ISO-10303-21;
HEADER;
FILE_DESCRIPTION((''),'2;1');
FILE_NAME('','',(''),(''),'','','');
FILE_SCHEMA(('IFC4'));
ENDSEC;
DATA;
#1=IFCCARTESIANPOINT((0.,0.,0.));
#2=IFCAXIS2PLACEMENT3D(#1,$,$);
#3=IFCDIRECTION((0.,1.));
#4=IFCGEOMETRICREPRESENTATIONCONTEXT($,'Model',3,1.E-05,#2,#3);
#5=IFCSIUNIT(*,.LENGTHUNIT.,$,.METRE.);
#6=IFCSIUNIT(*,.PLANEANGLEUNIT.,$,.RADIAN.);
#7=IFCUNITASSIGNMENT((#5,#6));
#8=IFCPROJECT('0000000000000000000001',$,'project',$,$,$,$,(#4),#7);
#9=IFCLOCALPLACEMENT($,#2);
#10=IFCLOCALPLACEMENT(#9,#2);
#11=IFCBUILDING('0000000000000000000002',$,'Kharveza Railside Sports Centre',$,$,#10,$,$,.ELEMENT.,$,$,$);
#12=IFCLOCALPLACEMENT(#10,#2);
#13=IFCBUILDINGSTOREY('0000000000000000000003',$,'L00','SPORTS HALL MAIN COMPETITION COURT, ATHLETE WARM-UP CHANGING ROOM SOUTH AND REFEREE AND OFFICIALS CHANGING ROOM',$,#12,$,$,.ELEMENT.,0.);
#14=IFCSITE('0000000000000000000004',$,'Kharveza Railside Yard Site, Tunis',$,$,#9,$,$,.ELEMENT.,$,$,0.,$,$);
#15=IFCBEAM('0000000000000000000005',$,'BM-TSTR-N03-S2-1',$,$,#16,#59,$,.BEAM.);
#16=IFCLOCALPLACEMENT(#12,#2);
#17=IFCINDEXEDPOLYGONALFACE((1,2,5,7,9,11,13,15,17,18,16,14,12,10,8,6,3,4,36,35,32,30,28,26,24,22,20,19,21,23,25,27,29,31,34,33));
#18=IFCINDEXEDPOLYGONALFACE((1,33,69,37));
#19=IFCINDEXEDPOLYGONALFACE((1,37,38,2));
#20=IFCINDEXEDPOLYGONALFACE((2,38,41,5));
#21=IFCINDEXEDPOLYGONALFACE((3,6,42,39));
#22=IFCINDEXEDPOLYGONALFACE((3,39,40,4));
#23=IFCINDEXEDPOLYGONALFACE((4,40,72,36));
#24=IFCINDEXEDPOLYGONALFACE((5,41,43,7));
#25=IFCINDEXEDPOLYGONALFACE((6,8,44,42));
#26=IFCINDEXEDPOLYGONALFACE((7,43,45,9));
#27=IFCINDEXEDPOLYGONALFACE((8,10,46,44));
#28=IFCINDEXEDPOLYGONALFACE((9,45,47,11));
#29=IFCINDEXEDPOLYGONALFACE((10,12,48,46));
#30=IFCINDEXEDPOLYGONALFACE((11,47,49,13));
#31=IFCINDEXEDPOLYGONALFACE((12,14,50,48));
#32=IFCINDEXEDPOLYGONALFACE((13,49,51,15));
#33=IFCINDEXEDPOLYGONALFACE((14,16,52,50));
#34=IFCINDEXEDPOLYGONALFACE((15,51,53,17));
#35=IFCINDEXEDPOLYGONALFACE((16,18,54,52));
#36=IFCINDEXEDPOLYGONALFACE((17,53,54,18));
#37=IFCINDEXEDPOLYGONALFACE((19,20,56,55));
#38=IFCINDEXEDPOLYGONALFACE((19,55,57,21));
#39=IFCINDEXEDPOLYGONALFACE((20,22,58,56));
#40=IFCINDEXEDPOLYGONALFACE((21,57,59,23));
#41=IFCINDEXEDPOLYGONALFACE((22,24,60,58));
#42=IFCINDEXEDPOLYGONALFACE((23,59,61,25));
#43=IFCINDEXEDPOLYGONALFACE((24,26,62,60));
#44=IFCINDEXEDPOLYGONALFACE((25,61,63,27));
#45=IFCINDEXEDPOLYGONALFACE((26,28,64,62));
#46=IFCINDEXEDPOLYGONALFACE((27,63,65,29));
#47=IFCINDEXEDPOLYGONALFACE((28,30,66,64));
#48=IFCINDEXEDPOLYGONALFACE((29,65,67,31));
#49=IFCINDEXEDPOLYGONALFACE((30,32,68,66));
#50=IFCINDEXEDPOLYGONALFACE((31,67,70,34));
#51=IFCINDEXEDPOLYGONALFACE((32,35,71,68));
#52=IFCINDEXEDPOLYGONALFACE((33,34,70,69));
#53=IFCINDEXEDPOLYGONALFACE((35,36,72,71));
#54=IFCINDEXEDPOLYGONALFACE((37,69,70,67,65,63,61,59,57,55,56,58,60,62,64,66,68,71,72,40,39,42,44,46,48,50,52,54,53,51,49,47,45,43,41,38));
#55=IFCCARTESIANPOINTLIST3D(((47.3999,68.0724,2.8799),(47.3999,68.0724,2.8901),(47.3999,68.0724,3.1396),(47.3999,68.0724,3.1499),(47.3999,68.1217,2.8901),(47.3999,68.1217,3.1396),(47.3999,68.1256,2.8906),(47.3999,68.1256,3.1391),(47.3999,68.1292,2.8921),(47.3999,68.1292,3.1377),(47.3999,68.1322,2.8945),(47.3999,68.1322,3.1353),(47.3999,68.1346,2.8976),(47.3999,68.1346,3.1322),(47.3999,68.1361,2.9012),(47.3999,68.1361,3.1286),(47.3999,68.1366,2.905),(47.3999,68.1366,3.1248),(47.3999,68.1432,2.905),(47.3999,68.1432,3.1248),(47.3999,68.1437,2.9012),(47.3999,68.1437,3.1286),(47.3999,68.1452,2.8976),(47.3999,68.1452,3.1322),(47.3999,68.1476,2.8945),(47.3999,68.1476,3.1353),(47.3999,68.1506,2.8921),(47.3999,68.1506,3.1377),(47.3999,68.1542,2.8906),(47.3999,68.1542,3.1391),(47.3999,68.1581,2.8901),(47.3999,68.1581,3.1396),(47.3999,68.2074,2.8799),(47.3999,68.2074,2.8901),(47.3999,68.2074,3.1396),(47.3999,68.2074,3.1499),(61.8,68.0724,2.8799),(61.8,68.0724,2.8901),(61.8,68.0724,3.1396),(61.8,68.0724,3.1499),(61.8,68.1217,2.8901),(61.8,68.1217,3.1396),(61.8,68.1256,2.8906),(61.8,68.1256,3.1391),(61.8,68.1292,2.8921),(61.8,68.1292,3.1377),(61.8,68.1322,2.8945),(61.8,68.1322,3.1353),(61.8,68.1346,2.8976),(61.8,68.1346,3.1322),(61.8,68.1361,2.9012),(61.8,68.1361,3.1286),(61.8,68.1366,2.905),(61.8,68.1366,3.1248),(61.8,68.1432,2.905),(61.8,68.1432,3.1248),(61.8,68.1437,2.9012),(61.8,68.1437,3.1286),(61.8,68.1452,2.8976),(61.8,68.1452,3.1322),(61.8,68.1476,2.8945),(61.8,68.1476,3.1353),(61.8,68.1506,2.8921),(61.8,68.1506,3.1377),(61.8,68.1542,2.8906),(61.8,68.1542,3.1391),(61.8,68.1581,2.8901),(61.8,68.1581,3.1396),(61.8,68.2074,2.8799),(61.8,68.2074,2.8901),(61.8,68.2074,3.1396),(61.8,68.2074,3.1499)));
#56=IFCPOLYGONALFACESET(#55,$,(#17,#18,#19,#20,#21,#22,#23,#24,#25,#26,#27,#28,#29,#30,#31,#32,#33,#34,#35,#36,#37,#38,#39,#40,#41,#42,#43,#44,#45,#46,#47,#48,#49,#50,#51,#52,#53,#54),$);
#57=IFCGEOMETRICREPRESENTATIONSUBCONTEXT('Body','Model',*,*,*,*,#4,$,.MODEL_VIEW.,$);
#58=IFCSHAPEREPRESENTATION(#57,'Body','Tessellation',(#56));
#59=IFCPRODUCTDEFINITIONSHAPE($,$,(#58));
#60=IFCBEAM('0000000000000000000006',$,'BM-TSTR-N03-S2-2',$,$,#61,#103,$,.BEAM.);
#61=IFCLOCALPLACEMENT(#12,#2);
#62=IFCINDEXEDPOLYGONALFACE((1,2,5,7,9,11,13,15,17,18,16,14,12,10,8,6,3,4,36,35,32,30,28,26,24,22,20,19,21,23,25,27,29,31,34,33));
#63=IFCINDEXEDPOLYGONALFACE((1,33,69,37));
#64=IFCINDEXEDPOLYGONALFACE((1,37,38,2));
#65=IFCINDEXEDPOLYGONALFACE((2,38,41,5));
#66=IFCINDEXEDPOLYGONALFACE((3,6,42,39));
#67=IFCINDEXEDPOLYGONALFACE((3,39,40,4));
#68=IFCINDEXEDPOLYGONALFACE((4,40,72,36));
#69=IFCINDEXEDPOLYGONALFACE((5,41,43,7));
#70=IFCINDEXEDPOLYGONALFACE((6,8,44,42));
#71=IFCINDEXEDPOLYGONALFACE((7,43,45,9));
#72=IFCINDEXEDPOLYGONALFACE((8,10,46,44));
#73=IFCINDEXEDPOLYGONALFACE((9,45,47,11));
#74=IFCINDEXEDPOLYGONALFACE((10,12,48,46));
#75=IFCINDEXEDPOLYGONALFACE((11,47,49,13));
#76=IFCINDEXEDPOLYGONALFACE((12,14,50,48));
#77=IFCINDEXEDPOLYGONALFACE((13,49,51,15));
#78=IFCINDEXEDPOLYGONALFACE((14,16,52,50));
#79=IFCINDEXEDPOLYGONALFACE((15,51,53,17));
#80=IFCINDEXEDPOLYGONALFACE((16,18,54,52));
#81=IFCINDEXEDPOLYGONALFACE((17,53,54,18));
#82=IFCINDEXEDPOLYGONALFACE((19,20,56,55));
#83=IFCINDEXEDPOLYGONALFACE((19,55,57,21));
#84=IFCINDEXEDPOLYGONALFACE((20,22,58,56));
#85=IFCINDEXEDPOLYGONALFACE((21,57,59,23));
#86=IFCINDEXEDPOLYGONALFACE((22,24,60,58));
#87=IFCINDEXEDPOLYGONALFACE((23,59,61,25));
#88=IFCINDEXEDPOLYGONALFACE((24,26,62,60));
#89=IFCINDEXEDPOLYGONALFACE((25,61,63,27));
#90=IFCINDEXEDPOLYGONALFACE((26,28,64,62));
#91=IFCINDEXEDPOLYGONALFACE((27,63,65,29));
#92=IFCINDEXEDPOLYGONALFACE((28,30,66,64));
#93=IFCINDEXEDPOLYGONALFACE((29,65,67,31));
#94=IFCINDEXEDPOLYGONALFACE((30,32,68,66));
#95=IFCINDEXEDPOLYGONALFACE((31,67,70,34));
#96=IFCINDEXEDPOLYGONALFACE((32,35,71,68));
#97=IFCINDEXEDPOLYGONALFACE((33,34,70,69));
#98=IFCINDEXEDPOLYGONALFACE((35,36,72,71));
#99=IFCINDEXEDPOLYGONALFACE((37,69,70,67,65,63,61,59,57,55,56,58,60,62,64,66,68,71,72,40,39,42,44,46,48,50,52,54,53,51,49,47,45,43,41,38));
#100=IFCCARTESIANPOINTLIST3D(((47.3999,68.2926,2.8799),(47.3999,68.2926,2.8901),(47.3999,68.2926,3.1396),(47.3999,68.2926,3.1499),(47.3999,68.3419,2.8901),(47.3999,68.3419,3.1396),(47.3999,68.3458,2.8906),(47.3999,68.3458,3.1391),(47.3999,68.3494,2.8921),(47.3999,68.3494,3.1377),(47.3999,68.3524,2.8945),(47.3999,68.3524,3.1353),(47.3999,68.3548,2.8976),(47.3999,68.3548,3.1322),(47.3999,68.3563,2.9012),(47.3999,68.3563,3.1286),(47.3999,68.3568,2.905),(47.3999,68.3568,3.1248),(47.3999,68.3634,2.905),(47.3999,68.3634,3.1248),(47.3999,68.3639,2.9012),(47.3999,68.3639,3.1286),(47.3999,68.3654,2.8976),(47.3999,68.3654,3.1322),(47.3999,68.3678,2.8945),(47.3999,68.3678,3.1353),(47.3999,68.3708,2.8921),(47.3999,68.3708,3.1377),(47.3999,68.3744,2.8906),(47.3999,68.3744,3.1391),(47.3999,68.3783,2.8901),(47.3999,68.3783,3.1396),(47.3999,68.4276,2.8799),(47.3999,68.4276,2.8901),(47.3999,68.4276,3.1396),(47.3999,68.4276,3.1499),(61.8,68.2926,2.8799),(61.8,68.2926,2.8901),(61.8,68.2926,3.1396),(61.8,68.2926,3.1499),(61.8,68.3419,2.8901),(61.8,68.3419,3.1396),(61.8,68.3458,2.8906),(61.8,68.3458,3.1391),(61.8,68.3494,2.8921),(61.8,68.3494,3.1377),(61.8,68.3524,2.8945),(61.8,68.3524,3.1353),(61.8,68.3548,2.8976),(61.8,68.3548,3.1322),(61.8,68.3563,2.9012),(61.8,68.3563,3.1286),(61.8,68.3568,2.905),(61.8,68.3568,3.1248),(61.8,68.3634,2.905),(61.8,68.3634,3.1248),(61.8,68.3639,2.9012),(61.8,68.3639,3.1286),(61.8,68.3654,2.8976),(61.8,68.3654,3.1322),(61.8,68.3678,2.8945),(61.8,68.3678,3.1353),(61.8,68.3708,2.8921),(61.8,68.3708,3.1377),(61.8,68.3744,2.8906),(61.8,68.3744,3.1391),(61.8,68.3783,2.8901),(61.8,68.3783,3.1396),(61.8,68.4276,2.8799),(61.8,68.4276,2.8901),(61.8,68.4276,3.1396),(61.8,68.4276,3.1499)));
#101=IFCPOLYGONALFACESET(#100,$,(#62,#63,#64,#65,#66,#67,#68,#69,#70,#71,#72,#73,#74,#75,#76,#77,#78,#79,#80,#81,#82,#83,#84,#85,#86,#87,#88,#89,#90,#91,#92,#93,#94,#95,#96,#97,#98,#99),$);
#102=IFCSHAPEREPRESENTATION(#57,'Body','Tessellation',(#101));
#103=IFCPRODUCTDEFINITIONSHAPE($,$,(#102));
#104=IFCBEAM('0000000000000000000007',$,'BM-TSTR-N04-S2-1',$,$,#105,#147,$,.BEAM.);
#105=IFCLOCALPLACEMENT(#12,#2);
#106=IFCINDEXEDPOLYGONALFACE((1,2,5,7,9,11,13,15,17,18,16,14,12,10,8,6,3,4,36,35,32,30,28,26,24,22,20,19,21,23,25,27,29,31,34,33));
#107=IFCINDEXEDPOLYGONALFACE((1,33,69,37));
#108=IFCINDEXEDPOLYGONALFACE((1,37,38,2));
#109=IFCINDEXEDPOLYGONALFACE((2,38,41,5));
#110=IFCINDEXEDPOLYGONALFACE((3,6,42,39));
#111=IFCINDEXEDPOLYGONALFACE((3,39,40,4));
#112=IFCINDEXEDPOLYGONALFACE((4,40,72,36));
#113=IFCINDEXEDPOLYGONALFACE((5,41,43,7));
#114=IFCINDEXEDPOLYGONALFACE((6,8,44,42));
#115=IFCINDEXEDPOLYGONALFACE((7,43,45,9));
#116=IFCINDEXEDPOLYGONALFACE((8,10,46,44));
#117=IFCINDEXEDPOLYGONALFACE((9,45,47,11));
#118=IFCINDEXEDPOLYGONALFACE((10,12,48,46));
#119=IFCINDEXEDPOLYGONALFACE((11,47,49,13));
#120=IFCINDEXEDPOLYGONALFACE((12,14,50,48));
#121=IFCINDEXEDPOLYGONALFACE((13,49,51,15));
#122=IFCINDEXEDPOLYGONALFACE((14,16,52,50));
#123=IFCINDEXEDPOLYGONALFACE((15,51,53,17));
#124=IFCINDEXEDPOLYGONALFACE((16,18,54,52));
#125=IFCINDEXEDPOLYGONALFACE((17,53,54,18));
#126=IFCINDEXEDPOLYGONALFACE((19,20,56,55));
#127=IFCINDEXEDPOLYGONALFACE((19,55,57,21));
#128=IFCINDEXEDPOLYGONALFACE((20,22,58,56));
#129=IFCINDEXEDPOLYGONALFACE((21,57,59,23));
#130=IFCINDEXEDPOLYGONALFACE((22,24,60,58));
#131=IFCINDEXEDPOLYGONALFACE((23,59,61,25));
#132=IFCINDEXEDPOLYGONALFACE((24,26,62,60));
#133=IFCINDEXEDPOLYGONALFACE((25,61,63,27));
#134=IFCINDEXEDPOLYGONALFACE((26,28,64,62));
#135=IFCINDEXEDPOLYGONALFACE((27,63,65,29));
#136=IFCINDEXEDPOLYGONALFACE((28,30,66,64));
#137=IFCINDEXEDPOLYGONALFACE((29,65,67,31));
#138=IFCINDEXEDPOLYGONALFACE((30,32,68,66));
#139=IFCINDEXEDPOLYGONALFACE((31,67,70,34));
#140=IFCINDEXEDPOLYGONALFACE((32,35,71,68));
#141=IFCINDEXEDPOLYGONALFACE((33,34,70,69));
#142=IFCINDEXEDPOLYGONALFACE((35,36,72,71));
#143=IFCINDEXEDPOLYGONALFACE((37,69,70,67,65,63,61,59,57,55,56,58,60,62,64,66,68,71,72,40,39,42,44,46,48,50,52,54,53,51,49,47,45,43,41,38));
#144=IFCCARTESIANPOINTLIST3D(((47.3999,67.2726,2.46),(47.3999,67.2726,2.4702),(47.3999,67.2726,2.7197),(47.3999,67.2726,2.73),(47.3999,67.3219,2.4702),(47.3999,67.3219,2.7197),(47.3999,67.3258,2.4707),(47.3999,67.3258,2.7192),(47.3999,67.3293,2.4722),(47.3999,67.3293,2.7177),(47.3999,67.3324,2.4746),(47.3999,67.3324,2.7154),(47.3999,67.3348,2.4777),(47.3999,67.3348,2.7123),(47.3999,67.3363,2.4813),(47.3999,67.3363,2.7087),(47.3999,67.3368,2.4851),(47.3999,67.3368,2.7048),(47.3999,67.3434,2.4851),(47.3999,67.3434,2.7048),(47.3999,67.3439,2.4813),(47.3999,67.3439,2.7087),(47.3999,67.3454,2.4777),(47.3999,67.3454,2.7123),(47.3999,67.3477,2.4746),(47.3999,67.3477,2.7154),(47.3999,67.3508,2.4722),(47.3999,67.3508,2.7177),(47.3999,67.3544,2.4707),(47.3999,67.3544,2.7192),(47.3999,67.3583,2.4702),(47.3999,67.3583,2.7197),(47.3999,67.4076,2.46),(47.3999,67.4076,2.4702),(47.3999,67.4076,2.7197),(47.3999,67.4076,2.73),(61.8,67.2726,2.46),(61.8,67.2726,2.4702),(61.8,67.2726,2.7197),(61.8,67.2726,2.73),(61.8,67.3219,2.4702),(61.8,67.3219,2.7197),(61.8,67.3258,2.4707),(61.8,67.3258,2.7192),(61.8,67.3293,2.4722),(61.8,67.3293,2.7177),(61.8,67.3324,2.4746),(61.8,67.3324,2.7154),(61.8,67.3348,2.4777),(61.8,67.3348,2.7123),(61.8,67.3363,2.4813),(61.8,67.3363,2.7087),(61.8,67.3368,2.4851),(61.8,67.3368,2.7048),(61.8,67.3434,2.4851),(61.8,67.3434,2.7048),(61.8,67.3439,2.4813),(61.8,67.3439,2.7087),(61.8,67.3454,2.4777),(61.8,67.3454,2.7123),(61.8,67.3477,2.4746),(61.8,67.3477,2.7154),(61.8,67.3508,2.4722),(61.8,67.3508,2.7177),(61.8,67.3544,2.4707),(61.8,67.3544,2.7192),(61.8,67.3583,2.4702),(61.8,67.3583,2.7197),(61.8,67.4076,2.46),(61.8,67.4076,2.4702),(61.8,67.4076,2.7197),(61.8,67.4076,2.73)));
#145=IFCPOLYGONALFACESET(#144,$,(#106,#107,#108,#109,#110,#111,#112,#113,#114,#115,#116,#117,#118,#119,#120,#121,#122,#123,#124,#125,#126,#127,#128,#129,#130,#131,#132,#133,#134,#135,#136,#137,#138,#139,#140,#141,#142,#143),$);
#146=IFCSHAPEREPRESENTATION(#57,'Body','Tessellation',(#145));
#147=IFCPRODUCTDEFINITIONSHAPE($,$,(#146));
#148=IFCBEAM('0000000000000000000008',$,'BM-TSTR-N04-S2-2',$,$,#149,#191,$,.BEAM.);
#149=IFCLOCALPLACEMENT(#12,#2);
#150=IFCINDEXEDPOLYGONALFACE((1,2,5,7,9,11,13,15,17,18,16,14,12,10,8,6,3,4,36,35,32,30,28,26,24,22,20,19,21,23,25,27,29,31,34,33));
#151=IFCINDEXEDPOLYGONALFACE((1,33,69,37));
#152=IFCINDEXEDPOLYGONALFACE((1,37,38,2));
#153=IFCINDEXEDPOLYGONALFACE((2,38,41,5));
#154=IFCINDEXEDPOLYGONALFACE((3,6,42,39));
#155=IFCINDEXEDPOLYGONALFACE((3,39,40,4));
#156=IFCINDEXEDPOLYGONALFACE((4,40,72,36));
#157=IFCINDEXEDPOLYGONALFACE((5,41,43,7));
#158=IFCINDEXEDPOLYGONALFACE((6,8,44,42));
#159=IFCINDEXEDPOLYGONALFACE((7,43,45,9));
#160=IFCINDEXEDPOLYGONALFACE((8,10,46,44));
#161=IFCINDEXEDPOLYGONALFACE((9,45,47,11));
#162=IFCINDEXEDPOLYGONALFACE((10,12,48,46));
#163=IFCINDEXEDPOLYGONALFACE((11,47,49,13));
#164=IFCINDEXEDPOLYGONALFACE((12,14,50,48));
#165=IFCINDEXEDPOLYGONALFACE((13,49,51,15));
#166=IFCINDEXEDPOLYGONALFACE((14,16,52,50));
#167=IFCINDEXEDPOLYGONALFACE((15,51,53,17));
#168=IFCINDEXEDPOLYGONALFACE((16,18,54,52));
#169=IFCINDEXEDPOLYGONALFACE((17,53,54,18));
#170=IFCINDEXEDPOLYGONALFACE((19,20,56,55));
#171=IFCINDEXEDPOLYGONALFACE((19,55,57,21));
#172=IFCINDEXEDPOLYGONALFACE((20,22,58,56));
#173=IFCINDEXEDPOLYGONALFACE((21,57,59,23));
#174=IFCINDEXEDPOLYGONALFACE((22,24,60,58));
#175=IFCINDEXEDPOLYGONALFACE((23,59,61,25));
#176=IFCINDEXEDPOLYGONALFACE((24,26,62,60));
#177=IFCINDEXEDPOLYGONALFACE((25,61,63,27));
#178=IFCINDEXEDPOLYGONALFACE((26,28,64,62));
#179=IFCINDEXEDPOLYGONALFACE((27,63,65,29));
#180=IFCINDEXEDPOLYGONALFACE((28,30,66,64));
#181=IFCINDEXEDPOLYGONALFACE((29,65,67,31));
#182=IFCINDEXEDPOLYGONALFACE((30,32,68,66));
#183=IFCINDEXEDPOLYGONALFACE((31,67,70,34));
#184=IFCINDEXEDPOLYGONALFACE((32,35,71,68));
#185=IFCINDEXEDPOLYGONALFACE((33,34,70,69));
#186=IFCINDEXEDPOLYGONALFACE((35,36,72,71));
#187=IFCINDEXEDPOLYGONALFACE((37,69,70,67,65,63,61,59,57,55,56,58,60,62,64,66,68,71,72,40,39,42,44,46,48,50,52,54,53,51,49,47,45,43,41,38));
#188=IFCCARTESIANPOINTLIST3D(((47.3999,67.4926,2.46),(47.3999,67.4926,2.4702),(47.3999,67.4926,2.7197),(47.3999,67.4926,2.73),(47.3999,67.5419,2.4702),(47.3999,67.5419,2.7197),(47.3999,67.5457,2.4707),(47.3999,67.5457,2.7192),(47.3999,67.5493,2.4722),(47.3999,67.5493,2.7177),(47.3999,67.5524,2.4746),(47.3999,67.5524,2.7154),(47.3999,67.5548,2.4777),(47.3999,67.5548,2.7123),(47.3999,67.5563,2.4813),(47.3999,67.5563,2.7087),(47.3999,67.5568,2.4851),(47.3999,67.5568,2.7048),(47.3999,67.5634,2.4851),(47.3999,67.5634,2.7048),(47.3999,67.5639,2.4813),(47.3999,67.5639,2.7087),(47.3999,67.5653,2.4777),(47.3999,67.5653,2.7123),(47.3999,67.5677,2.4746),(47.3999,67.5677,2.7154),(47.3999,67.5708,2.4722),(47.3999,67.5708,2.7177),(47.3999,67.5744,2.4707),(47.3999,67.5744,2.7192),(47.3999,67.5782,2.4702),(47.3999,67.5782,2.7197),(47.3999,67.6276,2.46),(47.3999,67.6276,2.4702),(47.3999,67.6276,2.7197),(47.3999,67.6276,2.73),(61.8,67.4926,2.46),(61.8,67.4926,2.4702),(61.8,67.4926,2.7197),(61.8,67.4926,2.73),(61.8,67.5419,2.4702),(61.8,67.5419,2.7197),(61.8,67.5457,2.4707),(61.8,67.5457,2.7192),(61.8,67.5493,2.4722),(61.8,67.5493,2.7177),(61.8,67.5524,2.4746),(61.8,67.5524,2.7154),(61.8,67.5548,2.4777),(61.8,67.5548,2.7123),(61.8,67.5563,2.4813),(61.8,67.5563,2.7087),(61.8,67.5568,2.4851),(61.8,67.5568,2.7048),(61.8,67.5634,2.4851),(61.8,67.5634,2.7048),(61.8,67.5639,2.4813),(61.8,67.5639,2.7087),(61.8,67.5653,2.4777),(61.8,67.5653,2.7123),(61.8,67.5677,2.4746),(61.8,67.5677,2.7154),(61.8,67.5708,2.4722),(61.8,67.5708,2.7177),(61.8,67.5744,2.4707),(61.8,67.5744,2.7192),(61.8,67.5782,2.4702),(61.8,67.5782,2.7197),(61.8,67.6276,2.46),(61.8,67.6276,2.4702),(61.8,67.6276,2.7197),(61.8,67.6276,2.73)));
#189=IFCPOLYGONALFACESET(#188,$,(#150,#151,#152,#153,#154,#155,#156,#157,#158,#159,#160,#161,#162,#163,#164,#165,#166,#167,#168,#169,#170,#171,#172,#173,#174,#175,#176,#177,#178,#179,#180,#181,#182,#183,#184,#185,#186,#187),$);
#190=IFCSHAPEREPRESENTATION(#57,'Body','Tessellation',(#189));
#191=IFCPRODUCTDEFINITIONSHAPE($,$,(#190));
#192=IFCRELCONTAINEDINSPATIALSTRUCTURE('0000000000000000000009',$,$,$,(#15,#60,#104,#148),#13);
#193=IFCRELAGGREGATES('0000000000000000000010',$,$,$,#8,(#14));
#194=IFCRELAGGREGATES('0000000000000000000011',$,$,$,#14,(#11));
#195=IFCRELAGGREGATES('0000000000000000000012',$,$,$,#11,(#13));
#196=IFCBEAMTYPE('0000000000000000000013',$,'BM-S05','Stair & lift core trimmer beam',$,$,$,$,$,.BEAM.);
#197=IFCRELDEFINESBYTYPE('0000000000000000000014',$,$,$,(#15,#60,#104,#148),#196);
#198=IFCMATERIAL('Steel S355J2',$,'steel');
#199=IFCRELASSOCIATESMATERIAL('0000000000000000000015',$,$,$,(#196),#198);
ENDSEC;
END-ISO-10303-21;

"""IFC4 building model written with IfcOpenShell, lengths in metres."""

from ifc_helpers import new_model, si_unit, direction, frame, origin, origin_2d, place, context, subcontext, project, spatial, i_section, extrude, material, material_profile, profile_set, type_object, element, save


model = new_model("IFC4")

# Units and contexts
model_context = context("Model", 3, precision=1e-05, world=origin(), true_north=direction((0.0, 1.0)))
body_context = subcontext(model_context, "Body", "Model", "MODEL_VIEW")
ifc_project = project(units=[si_unit("LENGTHUNIT", "METRE"), si_unit("PLANEANGLEUNIT", "RADIAN")], contexts=[model_context])

# Site, building, storey
site_placement = place(None, origin())
site = spatial("IfcSite", under=ifc_project, at=site_placement, Name="Kharveza Railside Yard Site, Tunis", CompositionType="ELEMENT", RefElevation=0.0)
building_placement = place(site_placement, origin())
building = spatial("IfcBuilding", under=site, at=building_placement, Name="Kharveza Railside Sports Centre", CompositionType="ELEMENT")
storey_placement = place(building_placement, origin())
storey = spatial("IfcBuildingStorey", under=building, at=storey_placement, Name="L00", Description="SPORTS HALL MAIN COMPETITION COURT, ATHLETE WARM-UP CHANGING ROOM SOUTH AND REFEREE AND OFFICIALS CHANGING ROOM", CompositionType="ELEMENT", Elevation=0.0)

# Shared definitions
ifc_material_1 = material(Name="Steel S355J2", Category="steel")

# Beams
ifc_material_profile_1 = material_profile(ifc_material_1, i_section(OverallWidth=0.135, OverallDepth=0.27, WebThickness=0.0066, FlangeThickness=0.0103, FilletRadius=0.0149, at=origin_2d()), Name="IPE 270")
ifc_profile_set_1 = profile_set([ifc_material_profile_1], Name="Steel S355J2")
beam_type = type_object("IfcBeamType", Name="BM-S05", Description="Stair & lift core trimmer beam", PredefinedType="BEAM", material=ifc_profile_set_1)
for number, where, z_axis, x_axis, name in (
    (1, (47.3999, 68.1399, 3.0149), (1.0, 0.0, 0.0), (0.0, 1.0, 0.0), "BM-TSTR-N03-S2-1"),
    (2, (47.3999, 68.3601, 3.0149), (1.0, 0.0, 0.0), (0.0, 1.0, 0.0), "BM-TSTR-N03-S2-2"),
    (3, (47.3999, 67.3401, 2.595), (1.0, 0.0, 0.0), (0.0, 1.0, 0.0), "BM-TSTR-N04-S2-1"),
    (4, (47.3999, 67.5601, 2.595), (1.0, 0.0, 0.0), (0.0, 1.0, 0.0), "BM-TSTR-N04-S2-2"),
):
    element("IfcBeam", number, at=place(storey_placement, frame(where, z_axis=z_axis, x_axis=x_axis)), inside=storey, type_object=beam_type, Name=name, PredefinedType="BEAM", context=body_context, shape_type="SweptSolid", body=[
        extrude(i_section(OverallWidth=0.135, OverallDepth=0.27, WebThickness=0.0066, FlangeThickness=0.0103, FilletRadius=0.0149, at=origin_2d()), origin(), (0.0, 0.0, 1.0), 14.4001),
    ])

save(model, "model.ifc")
